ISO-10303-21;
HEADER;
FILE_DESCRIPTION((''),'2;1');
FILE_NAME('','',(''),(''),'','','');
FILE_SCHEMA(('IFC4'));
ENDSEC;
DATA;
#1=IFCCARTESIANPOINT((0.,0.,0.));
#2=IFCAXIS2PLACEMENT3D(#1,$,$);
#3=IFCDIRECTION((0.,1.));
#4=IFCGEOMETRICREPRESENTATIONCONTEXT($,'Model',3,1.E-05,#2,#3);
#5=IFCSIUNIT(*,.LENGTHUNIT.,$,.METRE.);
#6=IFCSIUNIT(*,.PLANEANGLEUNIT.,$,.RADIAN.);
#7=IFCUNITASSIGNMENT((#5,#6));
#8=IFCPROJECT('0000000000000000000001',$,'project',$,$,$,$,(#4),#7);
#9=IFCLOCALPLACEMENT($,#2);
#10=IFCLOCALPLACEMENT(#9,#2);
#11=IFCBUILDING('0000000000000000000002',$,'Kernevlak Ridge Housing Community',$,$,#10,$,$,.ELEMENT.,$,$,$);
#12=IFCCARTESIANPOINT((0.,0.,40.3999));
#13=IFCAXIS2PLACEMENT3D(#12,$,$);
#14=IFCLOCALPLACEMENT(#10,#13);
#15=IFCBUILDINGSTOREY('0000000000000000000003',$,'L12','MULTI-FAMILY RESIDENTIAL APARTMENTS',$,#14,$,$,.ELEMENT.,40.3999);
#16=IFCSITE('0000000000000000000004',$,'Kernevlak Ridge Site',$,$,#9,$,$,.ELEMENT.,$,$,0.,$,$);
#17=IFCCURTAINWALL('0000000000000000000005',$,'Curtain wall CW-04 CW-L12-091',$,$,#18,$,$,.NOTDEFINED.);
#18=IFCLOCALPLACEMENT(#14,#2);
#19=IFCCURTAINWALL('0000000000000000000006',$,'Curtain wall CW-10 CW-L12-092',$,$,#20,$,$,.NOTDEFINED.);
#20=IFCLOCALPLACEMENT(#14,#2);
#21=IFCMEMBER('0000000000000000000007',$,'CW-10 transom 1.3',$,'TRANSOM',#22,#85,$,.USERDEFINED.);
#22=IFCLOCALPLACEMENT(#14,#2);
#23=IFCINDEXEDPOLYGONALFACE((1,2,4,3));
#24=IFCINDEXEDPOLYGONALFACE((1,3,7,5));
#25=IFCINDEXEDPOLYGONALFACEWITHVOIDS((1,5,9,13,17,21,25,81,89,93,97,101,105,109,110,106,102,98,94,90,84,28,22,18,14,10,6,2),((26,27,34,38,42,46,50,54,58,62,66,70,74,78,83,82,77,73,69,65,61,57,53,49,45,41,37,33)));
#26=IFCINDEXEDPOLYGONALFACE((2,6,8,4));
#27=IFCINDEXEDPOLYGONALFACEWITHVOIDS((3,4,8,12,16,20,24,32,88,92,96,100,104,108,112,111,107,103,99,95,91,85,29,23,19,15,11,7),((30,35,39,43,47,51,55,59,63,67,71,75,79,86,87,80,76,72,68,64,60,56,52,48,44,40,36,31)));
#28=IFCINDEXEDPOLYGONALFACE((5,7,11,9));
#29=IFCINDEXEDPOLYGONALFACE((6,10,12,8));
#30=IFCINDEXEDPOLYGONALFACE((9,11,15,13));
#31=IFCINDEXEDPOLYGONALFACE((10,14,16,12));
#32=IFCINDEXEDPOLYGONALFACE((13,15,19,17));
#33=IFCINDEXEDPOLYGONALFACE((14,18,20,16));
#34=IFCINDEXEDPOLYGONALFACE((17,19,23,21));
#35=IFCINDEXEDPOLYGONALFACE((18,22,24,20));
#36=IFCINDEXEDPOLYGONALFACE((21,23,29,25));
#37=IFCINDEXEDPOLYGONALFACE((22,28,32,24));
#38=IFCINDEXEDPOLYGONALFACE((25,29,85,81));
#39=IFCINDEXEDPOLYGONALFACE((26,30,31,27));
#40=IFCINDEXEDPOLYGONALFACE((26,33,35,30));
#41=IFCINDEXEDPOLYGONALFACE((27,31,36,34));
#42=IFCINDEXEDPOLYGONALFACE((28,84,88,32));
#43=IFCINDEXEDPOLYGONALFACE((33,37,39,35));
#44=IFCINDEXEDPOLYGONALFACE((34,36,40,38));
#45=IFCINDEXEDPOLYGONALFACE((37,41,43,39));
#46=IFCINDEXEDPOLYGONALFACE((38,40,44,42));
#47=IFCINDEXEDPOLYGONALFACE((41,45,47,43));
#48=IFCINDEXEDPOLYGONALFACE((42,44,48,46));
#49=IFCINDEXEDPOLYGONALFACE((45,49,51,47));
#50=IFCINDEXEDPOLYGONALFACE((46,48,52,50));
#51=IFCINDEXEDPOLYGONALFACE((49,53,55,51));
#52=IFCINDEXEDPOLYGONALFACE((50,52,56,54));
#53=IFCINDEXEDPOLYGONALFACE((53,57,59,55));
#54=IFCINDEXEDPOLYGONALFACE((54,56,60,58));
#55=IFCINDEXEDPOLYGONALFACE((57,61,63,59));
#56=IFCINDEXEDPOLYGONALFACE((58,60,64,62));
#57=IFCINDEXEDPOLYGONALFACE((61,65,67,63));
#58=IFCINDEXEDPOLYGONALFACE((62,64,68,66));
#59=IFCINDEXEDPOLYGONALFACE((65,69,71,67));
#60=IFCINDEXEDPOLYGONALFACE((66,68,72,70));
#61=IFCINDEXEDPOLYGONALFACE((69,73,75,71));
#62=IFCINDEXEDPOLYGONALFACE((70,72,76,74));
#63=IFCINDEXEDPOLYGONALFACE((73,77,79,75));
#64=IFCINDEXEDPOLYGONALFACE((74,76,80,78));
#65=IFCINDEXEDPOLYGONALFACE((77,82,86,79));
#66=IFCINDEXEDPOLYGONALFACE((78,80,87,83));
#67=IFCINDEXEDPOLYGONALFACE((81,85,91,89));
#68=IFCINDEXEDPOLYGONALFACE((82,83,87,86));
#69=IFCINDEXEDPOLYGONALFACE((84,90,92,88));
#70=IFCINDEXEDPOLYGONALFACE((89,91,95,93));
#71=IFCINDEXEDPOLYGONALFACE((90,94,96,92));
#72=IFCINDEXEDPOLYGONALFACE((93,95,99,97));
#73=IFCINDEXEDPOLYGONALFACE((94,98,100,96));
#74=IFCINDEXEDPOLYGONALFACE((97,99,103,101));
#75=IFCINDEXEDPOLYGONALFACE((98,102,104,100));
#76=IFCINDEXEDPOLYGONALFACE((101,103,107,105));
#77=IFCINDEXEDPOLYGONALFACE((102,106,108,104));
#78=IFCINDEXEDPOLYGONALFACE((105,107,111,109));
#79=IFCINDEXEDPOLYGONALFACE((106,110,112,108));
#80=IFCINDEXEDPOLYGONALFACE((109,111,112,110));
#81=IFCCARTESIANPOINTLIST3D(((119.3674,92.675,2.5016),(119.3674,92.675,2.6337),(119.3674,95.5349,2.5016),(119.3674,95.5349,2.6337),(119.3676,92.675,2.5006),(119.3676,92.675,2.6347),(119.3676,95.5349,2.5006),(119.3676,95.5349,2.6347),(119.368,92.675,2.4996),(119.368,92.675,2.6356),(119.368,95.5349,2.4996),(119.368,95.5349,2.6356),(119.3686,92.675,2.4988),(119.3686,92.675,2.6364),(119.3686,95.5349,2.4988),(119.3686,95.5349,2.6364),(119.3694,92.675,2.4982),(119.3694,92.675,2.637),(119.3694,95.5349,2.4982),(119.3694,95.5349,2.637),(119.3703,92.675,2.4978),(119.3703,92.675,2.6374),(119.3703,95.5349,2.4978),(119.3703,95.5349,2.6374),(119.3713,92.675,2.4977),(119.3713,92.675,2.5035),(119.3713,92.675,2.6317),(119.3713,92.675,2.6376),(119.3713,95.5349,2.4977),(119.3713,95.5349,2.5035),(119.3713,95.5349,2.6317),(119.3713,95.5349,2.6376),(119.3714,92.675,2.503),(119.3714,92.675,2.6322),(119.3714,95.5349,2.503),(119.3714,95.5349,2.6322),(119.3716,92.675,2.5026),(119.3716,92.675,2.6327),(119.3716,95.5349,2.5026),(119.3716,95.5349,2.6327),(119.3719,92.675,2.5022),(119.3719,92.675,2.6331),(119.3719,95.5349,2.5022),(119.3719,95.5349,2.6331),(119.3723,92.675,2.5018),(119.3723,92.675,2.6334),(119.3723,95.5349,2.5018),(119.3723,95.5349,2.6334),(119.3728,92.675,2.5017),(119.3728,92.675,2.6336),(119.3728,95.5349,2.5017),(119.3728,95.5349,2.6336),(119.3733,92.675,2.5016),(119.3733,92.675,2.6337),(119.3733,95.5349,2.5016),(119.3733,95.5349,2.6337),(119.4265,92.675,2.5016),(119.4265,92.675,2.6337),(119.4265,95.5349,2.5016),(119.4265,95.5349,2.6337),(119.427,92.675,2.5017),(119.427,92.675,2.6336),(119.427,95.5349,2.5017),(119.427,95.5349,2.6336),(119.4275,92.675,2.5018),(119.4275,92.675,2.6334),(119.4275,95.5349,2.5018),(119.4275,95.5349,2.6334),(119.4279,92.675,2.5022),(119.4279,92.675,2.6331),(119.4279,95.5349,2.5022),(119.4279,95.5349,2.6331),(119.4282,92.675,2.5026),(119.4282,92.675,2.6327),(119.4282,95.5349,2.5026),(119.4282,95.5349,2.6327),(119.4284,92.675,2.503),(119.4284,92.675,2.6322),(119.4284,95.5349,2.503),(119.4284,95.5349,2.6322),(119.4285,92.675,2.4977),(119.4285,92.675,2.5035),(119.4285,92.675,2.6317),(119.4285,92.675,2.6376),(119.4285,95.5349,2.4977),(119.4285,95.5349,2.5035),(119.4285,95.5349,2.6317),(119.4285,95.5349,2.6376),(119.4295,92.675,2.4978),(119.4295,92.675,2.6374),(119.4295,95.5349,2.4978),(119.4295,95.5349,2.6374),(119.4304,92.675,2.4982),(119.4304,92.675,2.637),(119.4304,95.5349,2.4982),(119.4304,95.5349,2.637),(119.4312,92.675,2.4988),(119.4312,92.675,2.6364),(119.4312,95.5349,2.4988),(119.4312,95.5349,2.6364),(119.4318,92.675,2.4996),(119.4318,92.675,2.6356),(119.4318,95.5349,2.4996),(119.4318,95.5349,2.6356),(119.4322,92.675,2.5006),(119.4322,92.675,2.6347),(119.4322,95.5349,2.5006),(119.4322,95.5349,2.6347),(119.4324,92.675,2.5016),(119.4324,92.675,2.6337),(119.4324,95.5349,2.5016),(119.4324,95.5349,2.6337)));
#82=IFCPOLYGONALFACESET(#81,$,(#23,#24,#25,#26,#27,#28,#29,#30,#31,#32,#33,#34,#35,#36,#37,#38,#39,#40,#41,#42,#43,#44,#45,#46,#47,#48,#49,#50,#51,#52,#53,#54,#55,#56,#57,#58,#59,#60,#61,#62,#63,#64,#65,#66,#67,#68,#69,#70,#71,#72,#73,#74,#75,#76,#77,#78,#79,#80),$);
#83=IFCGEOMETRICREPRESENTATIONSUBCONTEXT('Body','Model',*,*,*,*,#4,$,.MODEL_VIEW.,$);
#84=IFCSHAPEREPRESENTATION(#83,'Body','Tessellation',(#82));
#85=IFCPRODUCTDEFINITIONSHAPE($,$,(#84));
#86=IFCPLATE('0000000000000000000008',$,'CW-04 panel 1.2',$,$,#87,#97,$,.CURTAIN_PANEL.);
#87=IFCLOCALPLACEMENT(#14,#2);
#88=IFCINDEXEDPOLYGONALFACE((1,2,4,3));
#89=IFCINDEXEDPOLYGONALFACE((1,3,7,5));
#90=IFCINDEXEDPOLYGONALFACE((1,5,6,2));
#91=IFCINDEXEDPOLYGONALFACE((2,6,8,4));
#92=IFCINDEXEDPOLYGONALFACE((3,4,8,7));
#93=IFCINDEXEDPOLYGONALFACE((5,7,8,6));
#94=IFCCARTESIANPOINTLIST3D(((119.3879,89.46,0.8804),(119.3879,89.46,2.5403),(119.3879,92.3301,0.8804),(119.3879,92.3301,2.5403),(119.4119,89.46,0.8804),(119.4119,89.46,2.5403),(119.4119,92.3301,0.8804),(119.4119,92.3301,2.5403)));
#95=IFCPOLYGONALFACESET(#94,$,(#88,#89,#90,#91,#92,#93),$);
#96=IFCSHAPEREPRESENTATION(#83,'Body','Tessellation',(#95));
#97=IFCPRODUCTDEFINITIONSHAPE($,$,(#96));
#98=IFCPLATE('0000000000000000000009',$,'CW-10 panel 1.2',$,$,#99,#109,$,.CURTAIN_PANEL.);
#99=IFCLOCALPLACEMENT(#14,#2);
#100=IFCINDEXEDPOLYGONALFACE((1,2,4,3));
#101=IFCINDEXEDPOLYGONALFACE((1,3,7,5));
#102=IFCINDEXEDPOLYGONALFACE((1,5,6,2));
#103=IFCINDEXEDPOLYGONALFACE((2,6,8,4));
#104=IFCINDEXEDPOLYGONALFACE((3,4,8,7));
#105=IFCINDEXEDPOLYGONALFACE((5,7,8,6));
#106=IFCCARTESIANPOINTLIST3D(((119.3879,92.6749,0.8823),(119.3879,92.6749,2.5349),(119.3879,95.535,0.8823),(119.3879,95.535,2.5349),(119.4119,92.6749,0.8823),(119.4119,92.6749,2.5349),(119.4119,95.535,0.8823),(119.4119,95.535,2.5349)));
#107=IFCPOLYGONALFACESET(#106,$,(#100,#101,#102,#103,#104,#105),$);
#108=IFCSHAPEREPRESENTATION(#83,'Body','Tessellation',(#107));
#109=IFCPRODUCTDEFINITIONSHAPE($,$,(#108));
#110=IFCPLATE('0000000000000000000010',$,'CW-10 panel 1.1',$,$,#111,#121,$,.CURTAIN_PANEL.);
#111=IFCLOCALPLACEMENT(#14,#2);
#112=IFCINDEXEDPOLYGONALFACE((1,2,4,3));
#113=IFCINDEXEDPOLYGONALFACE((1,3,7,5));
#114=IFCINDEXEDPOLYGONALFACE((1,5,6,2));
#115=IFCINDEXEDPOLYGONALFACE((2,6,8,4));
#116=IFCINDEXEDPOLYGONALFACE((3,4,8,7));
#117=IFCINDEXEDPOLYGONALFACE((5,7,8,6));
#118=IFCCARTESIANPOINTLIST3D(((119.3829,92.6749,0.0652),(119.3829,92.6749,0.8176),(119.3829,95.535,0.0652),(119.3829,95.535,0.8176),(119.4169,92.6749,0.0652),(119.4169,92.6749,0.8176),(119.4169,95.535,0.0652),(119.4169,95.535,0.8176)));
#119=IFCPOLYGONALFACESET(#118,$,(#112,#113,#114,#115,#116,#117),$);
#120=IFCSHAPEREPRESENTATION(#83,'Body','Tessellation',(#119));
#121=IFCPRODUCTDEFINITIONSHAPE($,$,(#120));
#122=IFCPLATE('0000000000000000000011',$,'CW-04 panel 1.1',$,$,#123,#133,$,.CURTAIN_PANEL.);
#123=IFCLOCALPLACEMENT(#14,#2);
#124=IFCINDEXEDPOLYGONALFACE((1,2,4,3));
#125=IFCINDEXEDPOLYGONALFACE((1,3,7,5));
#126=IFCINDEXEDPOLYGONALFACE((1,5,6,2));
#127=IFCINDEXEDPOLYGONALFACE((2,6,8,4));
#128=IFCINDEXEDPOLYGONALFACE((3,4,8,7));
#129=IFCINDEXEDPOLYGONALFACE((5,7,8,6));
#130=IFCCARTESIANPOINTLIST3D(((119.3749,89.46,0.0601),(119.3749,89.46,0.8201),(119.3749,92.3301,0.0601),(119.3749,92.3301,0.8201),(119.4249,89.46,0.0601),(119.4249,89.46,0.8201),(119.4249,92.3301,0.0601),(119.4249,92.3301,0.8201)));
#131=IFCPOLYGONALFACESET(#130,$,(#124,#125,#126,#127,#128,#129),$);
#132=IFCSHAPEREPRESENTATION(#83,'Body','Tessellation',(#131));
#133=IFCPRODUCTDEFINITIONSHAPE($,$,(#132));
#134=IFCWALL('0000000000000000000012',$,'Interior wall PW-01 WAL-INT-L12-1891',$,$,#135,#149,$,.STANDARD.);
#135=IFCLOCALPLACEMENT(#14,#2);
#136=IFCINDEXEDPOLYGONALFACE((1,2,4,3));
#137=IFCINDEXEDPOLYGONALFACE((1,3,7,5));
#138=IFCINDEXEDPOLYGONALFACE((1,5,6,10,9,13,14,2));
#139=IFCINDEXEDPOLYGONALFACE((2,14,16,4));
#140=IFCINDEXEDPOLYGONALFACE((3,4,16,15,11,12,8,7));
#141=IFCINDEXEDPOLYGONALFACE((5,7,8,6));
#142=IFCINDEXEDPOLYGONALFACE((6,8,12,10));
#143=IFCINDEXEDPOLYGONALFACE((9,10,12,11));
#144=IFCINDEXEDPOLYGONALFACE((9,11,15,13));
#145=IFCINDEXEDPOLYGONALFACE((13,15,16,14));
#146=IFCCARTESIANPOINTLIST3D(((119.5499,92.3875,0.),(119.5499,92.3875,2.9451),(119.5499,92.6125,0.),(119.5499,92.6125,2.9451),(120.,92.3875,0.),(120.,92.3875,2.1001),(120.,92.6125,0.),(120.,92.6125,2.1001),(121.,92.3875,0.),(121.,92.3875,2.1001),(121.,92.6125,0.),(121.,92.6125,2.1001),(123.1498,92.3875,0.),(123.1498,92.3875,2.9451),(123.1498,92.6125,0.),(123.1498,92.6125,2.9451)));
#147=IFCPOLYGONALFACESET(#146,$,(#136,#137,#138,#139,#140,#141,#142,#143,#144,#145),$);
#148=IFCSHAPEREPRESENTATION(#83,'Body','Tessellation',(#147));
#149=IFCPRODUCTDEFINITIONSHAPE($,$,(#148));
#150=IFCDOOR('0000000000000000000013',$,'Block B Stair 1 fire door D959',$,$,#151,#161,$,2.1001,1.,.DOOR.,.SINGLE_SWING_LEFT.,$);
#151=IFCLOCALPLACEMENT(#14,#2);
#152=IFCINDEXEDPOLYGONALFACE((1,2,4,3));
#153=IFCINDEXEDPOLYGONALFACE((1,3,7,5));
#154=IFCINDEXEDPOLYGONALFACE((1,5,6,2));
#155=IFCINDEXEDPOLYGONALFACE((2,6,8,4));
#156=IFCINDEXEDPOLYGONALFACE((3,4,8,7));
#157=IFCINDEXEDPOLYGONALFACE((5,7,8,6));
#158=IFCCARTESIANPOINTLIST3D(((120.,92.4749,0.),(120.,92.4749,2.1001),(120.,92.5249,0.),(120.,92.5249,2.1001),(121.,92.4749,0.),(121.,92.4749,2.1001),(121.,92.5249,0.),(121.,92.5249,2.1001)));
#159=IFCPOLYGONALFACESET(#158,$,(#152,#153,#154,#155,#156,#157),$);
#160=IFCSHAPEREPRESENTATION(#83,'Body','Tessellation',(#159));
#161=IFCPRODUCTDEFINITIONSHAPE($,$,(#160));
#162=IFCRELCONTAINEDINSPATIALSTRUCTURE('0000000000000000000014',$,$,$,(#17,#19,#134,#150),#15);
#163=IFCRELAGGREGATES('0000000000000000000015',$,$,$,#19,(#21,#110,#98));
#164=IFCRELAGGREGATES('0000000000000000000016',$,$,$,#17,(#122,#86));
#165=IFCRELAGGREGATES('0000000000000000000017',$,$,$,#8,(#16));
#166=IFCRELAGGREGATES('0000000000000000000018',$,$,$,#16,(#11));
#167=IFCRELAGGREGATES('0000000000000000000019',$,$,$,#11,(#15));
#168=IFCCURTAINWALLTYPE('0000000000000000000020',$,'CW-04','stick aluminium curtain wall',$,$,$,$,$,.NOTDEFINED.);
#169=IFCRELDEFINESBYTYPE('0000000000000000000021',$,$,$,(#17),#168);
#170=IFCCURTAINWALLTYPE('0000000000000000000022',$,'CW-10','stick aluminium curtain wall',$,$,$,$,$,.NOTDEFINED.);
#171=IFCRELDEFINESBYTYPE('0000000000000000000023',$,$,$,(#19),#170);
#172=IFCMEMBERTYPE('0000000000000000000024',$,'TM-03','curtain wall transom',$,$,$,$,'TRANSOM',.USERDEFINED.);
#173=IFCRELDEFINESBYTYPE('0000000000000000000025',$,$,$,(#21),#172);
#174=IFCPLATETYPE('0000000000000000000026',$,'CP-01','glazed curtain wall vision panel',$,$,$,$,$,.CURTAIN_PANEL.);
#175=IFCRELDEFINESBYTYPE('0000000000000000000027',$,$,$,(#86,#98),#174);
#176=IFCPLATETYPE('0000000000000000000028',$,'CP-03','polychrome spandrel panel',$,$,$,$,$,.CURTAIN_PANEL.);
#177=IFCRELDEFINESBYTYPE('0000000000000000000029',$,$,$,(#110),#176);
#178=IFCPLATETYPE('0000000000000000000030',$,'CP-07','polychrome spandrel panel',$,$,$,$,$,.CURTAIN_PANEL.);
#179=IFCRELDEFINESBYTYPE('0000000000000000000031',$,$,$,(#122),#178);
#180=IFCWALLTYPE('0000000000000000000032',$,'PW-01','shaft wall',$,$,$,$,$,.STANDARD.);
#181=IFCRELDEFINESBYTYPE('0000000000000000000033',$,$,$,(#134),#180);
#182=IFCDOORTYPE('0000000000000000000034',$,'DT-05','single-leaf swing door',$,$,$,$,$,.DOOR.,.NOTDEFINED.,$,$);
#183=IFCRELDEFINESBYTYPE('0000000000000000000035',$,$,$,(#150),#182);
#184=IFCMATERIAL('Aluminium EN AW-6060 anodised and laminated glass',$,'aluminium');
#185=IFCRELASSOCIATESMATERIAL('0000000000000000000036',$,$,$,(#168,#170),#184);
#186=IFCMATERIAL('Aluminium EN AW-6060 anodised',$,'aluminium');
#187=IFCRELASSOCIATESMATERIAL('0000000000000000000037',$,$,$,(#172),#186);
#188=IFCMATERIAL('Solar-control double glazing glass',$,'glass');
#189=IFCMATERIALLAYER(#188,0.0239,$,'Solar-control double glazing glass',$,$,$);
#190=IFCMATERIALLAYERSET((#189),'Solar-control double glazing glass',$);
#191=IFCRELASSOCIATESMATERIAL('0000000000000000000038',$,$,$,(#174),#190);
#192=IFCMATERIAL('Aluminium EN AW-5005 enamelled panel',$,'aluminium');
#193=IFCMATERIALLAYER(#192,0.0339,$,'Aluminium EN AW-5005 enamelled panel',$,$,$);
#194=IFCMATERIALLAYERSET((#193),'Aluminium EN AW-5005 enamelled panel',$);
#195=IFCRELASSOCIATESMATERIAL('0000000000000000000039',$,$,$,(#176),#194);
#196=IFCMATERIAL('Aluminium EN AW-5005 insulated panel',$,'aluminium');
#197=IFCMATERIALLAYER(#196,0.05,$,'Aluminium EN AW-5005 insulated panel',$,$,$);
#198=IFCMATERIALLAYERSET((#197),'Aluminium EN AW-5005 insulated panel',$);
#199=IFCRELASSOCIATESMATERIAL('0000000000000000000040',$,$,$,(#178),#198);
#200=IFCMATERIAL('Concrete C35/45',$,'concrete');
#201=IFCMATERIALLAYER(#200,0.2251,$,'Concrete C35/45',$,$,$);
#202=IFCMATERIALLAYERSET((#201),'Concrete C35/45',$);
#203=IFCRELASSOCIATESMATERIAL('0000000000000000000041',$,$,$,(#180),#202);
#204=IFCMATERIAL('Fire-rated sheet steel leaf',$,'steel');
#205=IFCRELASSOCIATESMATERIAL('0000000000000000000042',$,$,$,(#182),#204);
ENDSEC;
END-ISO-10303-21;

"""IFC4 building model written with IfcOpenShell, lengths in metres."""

from ifc_helpers import new_model, si_unit, direction, frame, frame_2d, origin, origin_2d, place, context, subcontext, project, spatial, rectangle, hollow_rectangle, extrude, material, layer, layer_set, material_profile, profile_set, type_object, element, fill, aggregate, save


model = new_model("IFC4")

# Units and contexts
model_context = context("Model", 3, precision=1e-05, world=origin(), true_north=direction((0.0, 1.0)))
body_context = subcontext(model_context, "Body", "Model", "MODEL_VIEW")
ifc_project = project(units=[si_unit("LENGTHUNIT", "METRE"), si_unit("PLANEANGLEUNIT", "RADIAN")], contexts=[model_context])

# Site, building, storey
site_placement = place(None, origin())
site = spatial("IfcSite", under=ifc_project, at=site_placement, Name="Kernevlak Ridge Site", CompositionType="ELEMENT", RefElevation=0.0)
building_placement = place(site_placement, origin())
building = spatial("IfcBuilding", under=site, at=building_placement, Name="Kernevlak Ridge Housing Community", CompositionType="ELEMENT")
storey_placement = place(building_placement, frame((0.0, 0.0, 40.3999)))
storey = spatial("IfcBuildingStorey", under=building, at=storey_placement, Name="L12", Description="MULTI-FAMILY RESIDENTIAL APARTMENTS", CompositionType="ELEMENT", Elevation=40.3999)

# Curtain wall
ifc_material_1 = material(Name="Aluminium EN AW-6060 anodised and laminated glass", Category="aluminium")
curtain_wall_type_1 = type_object("IfcCurtainWallType", Name="CW-04", Description="stick aluminium curtain wall", PredefinedType="NOTDEFINED", material=ifc_material_1)
curtain_wall_1_placement = place(storey_placement, origin())
curtain_wall_1 = element("IfcCurtainWall", 1, at=curtain_wall_1_placement, inside=storey, type_object=curtain_wall_type_1, Name="Curtain wall CW-04 CW-L12-091", PredefinedType="NOTDEFINED")
ifc_material_2 = material(Name="Aluminium EN AW-6060 anodised", Category="aluminium")

# Curtain wall, member
curtain_wall_type_2 = type_object("IfcCurtainWallType", Name="CW-10", Description="stick aluminium curtain wall", PredefinedType="NOTDEFINED", material=ifc_material_1)
curtain_wall_2_placement = place(storey_placement, origin())
curtain_wall_2 = element("IfcCurtainWall", 2, at=curtain_wall_2_placement, inside=storey, type_object=curtain_wall_type_2, Name="Curtain wall CW-10 CW-L12-092", PredefinedType="NOTDEFINED")
ifc_material_profile_1 = material_profile(ifc_material_2, hollow_rectangle(XDim=0.0649, YDim=0.1399, WallThickness=0.0039, InnerFilletRadius=0.002, OuterFilletRadius=0.0039, at=origin_2d()), Name="ALU 65x140x4")
ifc_profile_set_1 = profile_set([ifc_material_profile_1], Name="Aluminium EN AW-6060 anodised")
member_type_1 = type_object("IfcMemberType", Name="TM-03", Description="curtain wall transom", ElementType="TRANSOM", PredefinedType="USERDEFINED", material=ifc_profile_set_1)
member_1_placement = place(storey_placement, frame((119.3999, 92.675, 2.5676), z_axis=(0.0, 1.0, 0.0), x_axis=(-1.0, 0.0, 0.0)))
member_1 = element("IfcMember", 3, at=member_1_placement, type_object=member_type_1, Name="CW-10 transom 1.3", ObjectType="TRANSOM", PredefinedType="USERDEFINED", context=body_context, shape_type="SweptSolid", body=[
    extrude(hollow_rectangle(XDim=0.0649, YDim=0.1399, WallThickness=0.0039, InnerFilletRadius=0.002, OuterFilletRadius=0.0039, at=origin_2d()), origin(), (0.0, 0.0, 1.0), 2.8599),
])

# Plates
ifc_material_3 = material(Name="Solar-control double glazing glass", Category="glass")
ifc_layer_1 = layer(ifc_material_3, 0.0239, Name="Solar-control double glazing glass")
ifc_layer_set_1 = layer_set([ifc_layer_1], Name="Solar-control double glazing glass")
plate_type_1 = type_object("IfcPlateType", Name="CP-01", Description="glazed curtain wall vision panel", PredefinedType="CURTAIN_PANEL", material=ifc_layer_set_1)
plate_1_placement = place(storey_placement, frame((119.3999, 90.895, 0.8804), z_axis=(0.0, 0.0, 1.0), x_axis=(0.0, 1.0, 0.0)))
plate_1 = element("IfcPlate", 4, at=plate_1_placement, type_object=plate_type_1, Name="CW-04 panel 1.2", PredefinedType="CURTAIN_PANEL", context=body_context, shape_type="SweptSolid", body=[
    extrude(rectangle(XDim=2.8701, YDim=0.0239, at=origin_2d()), origin(), (0.0, 0.0, 1.0), 1.6599),
])
plate_2_placement = place(storey_placement, frame((119.3999, 94.105, 0.8823), z_axis=(0.0, 0.0, 1.0), x_axis=(0.0, 1.0, 0.0)))
plate_2 = element("IfcPlate", 5, at=plate_2_placement, type_object=plate_type_1, Name="CW-10 panel 1.2", PredefinedType="CURTAIN_PANEL", context=body_context, shape_type="SweptSolid", body=[
    extrude(rectangle(XDim=2.8601, YDim=0.0239, at=origin_2d()), origin(), (0.0, 0.0, 1.0), 1.6526),
])
ifc_material_4 = material(Name="Aluminium EN AW-5005 enamelled panel", Category="aluminium")
ifc_layer_2 = layer(ifc_material_4, 0.0339, Name="Aluminium EN AW-5005 enamelled panel")
ifc_layer_set_2 = layer_set([ifc_layer_2], Name="Aluminium EN AW-5005 enamelled panel")
plate_type_2 = type_object("IfcPlateType", Name="CP-03", Description="polychrome spandrel panel", PredefinedType="CURTAIN_PANEL", material=ifc_layer_set_2)
plate_3_placement = place(storey_placement, frame((119.3999, 94.105, 0.0652), z_axis=(0.0, 0.0, 1.0), x_axis=(0.0, 1.0, 0.0)))
plate_3 = element("IfcPlate", 6, at=plate_3_placement, type_object=plate_type_2, Name="CW-10 panel 1.1", PredefinedType="CURTAIN_PANEL", context=body_context, shape_type="SweptSolid", body=[
    extrude(rectangle(XDim=2.8601, YDim=0.0339, at=origin_2d()), origin(), (0.0, 0.0, 1.0), 0.7524),
])
aggregate(curtain_wall_2, [member_1, plate_3, plate_2])
ifc_material_5 = material(Name="Aluminium EN AW-5005 insulated panel", Category="aluminium")
ifc_layer_3 = layer(ifc_material_5, 0.05, Name="Aluminium EN AW-5005 insulated panel")
ifc_layer_set_3 = layer_set([ifc_layer_3], Name="Aluminium EN AW-5005 insulated panel")
plate_type_3 = type_object("IfcPlateType", Name="CP-07", Description="polychrome spandrel panel", PredefinedType="CURTAIN_PANEL", material=ifc_layer_set_3)
plate_4_placement = place(storey_placement, frame((119.3999, 90.895, 0.0601), z_axis=(0.0, 0.0, 1.0), x_axis=(0.0, 1.0, 0.0)))
plate_4 = element("IfcPlate", 7, at=plate_4_placement, type_object=plate_type_3, Name="CW-04 panel 1.1", PredefinedType="CURTAIN_PANEL", context=body_context, shape_type="SweptSolid", body=[
    extrude(rectangle(XDim=2.8701, YDim=0.05, at=origin_2d()), origin(), (0.0, 0.0, 1.0), 0.76),
])
aggregate(curtain_wall_1, [plate_4, plate_1])

# Wall, opening, door
ifc_material_6 = material(Name="Concrete C35/45", Category="concrete")
ifc_layer_4 = layer(ifc_material_6, 0.2251, Name="Concrete C35/45")
ifc_layer_set_4 = layer_set([ifc_layer_4], Name="Concrete C35/45")
wall_type_1 = type_object("IfcWallType", Name="PW-01", Description="shaft wall", PredefinedType="STANDARD", material=ifc_layer_set_4)
wall_1_placement = place(storey_placement, frame((119.55, 92.5, 0.0), z_axis=(0.0, 0.0, 1.0), x_axis=(1.0, 0.0, 0.0)))
wall_1 = element("IfcWall", 8, at=wall_1_placement, inside=storey, type_object=wall_type_1, Name="Interior wall PW-01 WAL-INT-L12-1891", PredefinedType="STANDARD", context=body_context, shape_type="SweptSolid", body=[
    extrude(rectangle(XDim=3.5999, YDim=0.2251, at=frame_2d((1.7998, 0.0))), origin(), (0.0, 0.0, 1.0), 2.9451),
])
opening_1_placement = place(wall_1_placement, frame((0.45, 0.0, 0.0)))
opening_1 = element("IfcOpeningElement", 9, at=opening_1_placement, cuts=wall_1, PredefinedType="OPENING", context=body_context, shape_type="SweptSolid", body=[
    extrude(rectangle(XDim=1.0, YDim=2.1001, at=frame_2d((0.5, 1.05))), frame((0.0, 0.1226, 0.0), z_axis=(0.0, -1.0, 0.0), x_axis=(1.0, 0.0, 0.0)), (0.0, 0.0, 1.0), 0.2451),
])
ifc_material_7 = material(Name="Fire-rated sheet steel leaf", Category="steel")
door_type_1 = type_object("IfcDoorType", Name="DT-05", Description="single-leaf swing door", OperationType="NOTDEFINED", PredefinedType="DOOR", material=ifc_material_7)
door_1_placement = place(opening_1_placement, origin())
door_1 = element("IfcDoor", 10, at=door_1_placement, inside=storey, type_object=door_type_1, Name="Block B Stair 1 fire door D959", OperationType="SINGLE_SWING_LEFT", OverallHeight=2.1001, OverallWidth=1.0, PredefinedType="DOOR", context=body_context, shape_type="SweptSolid", body=[
    extrude(rectangle(XDim=1.0, YDim=2.1001, at=frame_2d((0.5, 1.05))), frame((0.0, 0.0249, 0.0), z_axis=(0.0, -1.0, 0.0), x_axis=(1.0, 0.0, 0.0)), (0.0, 0.0, 1.0), 0.05),
])
fill(opening_1, door_1)

save(model, "model.ifc")
